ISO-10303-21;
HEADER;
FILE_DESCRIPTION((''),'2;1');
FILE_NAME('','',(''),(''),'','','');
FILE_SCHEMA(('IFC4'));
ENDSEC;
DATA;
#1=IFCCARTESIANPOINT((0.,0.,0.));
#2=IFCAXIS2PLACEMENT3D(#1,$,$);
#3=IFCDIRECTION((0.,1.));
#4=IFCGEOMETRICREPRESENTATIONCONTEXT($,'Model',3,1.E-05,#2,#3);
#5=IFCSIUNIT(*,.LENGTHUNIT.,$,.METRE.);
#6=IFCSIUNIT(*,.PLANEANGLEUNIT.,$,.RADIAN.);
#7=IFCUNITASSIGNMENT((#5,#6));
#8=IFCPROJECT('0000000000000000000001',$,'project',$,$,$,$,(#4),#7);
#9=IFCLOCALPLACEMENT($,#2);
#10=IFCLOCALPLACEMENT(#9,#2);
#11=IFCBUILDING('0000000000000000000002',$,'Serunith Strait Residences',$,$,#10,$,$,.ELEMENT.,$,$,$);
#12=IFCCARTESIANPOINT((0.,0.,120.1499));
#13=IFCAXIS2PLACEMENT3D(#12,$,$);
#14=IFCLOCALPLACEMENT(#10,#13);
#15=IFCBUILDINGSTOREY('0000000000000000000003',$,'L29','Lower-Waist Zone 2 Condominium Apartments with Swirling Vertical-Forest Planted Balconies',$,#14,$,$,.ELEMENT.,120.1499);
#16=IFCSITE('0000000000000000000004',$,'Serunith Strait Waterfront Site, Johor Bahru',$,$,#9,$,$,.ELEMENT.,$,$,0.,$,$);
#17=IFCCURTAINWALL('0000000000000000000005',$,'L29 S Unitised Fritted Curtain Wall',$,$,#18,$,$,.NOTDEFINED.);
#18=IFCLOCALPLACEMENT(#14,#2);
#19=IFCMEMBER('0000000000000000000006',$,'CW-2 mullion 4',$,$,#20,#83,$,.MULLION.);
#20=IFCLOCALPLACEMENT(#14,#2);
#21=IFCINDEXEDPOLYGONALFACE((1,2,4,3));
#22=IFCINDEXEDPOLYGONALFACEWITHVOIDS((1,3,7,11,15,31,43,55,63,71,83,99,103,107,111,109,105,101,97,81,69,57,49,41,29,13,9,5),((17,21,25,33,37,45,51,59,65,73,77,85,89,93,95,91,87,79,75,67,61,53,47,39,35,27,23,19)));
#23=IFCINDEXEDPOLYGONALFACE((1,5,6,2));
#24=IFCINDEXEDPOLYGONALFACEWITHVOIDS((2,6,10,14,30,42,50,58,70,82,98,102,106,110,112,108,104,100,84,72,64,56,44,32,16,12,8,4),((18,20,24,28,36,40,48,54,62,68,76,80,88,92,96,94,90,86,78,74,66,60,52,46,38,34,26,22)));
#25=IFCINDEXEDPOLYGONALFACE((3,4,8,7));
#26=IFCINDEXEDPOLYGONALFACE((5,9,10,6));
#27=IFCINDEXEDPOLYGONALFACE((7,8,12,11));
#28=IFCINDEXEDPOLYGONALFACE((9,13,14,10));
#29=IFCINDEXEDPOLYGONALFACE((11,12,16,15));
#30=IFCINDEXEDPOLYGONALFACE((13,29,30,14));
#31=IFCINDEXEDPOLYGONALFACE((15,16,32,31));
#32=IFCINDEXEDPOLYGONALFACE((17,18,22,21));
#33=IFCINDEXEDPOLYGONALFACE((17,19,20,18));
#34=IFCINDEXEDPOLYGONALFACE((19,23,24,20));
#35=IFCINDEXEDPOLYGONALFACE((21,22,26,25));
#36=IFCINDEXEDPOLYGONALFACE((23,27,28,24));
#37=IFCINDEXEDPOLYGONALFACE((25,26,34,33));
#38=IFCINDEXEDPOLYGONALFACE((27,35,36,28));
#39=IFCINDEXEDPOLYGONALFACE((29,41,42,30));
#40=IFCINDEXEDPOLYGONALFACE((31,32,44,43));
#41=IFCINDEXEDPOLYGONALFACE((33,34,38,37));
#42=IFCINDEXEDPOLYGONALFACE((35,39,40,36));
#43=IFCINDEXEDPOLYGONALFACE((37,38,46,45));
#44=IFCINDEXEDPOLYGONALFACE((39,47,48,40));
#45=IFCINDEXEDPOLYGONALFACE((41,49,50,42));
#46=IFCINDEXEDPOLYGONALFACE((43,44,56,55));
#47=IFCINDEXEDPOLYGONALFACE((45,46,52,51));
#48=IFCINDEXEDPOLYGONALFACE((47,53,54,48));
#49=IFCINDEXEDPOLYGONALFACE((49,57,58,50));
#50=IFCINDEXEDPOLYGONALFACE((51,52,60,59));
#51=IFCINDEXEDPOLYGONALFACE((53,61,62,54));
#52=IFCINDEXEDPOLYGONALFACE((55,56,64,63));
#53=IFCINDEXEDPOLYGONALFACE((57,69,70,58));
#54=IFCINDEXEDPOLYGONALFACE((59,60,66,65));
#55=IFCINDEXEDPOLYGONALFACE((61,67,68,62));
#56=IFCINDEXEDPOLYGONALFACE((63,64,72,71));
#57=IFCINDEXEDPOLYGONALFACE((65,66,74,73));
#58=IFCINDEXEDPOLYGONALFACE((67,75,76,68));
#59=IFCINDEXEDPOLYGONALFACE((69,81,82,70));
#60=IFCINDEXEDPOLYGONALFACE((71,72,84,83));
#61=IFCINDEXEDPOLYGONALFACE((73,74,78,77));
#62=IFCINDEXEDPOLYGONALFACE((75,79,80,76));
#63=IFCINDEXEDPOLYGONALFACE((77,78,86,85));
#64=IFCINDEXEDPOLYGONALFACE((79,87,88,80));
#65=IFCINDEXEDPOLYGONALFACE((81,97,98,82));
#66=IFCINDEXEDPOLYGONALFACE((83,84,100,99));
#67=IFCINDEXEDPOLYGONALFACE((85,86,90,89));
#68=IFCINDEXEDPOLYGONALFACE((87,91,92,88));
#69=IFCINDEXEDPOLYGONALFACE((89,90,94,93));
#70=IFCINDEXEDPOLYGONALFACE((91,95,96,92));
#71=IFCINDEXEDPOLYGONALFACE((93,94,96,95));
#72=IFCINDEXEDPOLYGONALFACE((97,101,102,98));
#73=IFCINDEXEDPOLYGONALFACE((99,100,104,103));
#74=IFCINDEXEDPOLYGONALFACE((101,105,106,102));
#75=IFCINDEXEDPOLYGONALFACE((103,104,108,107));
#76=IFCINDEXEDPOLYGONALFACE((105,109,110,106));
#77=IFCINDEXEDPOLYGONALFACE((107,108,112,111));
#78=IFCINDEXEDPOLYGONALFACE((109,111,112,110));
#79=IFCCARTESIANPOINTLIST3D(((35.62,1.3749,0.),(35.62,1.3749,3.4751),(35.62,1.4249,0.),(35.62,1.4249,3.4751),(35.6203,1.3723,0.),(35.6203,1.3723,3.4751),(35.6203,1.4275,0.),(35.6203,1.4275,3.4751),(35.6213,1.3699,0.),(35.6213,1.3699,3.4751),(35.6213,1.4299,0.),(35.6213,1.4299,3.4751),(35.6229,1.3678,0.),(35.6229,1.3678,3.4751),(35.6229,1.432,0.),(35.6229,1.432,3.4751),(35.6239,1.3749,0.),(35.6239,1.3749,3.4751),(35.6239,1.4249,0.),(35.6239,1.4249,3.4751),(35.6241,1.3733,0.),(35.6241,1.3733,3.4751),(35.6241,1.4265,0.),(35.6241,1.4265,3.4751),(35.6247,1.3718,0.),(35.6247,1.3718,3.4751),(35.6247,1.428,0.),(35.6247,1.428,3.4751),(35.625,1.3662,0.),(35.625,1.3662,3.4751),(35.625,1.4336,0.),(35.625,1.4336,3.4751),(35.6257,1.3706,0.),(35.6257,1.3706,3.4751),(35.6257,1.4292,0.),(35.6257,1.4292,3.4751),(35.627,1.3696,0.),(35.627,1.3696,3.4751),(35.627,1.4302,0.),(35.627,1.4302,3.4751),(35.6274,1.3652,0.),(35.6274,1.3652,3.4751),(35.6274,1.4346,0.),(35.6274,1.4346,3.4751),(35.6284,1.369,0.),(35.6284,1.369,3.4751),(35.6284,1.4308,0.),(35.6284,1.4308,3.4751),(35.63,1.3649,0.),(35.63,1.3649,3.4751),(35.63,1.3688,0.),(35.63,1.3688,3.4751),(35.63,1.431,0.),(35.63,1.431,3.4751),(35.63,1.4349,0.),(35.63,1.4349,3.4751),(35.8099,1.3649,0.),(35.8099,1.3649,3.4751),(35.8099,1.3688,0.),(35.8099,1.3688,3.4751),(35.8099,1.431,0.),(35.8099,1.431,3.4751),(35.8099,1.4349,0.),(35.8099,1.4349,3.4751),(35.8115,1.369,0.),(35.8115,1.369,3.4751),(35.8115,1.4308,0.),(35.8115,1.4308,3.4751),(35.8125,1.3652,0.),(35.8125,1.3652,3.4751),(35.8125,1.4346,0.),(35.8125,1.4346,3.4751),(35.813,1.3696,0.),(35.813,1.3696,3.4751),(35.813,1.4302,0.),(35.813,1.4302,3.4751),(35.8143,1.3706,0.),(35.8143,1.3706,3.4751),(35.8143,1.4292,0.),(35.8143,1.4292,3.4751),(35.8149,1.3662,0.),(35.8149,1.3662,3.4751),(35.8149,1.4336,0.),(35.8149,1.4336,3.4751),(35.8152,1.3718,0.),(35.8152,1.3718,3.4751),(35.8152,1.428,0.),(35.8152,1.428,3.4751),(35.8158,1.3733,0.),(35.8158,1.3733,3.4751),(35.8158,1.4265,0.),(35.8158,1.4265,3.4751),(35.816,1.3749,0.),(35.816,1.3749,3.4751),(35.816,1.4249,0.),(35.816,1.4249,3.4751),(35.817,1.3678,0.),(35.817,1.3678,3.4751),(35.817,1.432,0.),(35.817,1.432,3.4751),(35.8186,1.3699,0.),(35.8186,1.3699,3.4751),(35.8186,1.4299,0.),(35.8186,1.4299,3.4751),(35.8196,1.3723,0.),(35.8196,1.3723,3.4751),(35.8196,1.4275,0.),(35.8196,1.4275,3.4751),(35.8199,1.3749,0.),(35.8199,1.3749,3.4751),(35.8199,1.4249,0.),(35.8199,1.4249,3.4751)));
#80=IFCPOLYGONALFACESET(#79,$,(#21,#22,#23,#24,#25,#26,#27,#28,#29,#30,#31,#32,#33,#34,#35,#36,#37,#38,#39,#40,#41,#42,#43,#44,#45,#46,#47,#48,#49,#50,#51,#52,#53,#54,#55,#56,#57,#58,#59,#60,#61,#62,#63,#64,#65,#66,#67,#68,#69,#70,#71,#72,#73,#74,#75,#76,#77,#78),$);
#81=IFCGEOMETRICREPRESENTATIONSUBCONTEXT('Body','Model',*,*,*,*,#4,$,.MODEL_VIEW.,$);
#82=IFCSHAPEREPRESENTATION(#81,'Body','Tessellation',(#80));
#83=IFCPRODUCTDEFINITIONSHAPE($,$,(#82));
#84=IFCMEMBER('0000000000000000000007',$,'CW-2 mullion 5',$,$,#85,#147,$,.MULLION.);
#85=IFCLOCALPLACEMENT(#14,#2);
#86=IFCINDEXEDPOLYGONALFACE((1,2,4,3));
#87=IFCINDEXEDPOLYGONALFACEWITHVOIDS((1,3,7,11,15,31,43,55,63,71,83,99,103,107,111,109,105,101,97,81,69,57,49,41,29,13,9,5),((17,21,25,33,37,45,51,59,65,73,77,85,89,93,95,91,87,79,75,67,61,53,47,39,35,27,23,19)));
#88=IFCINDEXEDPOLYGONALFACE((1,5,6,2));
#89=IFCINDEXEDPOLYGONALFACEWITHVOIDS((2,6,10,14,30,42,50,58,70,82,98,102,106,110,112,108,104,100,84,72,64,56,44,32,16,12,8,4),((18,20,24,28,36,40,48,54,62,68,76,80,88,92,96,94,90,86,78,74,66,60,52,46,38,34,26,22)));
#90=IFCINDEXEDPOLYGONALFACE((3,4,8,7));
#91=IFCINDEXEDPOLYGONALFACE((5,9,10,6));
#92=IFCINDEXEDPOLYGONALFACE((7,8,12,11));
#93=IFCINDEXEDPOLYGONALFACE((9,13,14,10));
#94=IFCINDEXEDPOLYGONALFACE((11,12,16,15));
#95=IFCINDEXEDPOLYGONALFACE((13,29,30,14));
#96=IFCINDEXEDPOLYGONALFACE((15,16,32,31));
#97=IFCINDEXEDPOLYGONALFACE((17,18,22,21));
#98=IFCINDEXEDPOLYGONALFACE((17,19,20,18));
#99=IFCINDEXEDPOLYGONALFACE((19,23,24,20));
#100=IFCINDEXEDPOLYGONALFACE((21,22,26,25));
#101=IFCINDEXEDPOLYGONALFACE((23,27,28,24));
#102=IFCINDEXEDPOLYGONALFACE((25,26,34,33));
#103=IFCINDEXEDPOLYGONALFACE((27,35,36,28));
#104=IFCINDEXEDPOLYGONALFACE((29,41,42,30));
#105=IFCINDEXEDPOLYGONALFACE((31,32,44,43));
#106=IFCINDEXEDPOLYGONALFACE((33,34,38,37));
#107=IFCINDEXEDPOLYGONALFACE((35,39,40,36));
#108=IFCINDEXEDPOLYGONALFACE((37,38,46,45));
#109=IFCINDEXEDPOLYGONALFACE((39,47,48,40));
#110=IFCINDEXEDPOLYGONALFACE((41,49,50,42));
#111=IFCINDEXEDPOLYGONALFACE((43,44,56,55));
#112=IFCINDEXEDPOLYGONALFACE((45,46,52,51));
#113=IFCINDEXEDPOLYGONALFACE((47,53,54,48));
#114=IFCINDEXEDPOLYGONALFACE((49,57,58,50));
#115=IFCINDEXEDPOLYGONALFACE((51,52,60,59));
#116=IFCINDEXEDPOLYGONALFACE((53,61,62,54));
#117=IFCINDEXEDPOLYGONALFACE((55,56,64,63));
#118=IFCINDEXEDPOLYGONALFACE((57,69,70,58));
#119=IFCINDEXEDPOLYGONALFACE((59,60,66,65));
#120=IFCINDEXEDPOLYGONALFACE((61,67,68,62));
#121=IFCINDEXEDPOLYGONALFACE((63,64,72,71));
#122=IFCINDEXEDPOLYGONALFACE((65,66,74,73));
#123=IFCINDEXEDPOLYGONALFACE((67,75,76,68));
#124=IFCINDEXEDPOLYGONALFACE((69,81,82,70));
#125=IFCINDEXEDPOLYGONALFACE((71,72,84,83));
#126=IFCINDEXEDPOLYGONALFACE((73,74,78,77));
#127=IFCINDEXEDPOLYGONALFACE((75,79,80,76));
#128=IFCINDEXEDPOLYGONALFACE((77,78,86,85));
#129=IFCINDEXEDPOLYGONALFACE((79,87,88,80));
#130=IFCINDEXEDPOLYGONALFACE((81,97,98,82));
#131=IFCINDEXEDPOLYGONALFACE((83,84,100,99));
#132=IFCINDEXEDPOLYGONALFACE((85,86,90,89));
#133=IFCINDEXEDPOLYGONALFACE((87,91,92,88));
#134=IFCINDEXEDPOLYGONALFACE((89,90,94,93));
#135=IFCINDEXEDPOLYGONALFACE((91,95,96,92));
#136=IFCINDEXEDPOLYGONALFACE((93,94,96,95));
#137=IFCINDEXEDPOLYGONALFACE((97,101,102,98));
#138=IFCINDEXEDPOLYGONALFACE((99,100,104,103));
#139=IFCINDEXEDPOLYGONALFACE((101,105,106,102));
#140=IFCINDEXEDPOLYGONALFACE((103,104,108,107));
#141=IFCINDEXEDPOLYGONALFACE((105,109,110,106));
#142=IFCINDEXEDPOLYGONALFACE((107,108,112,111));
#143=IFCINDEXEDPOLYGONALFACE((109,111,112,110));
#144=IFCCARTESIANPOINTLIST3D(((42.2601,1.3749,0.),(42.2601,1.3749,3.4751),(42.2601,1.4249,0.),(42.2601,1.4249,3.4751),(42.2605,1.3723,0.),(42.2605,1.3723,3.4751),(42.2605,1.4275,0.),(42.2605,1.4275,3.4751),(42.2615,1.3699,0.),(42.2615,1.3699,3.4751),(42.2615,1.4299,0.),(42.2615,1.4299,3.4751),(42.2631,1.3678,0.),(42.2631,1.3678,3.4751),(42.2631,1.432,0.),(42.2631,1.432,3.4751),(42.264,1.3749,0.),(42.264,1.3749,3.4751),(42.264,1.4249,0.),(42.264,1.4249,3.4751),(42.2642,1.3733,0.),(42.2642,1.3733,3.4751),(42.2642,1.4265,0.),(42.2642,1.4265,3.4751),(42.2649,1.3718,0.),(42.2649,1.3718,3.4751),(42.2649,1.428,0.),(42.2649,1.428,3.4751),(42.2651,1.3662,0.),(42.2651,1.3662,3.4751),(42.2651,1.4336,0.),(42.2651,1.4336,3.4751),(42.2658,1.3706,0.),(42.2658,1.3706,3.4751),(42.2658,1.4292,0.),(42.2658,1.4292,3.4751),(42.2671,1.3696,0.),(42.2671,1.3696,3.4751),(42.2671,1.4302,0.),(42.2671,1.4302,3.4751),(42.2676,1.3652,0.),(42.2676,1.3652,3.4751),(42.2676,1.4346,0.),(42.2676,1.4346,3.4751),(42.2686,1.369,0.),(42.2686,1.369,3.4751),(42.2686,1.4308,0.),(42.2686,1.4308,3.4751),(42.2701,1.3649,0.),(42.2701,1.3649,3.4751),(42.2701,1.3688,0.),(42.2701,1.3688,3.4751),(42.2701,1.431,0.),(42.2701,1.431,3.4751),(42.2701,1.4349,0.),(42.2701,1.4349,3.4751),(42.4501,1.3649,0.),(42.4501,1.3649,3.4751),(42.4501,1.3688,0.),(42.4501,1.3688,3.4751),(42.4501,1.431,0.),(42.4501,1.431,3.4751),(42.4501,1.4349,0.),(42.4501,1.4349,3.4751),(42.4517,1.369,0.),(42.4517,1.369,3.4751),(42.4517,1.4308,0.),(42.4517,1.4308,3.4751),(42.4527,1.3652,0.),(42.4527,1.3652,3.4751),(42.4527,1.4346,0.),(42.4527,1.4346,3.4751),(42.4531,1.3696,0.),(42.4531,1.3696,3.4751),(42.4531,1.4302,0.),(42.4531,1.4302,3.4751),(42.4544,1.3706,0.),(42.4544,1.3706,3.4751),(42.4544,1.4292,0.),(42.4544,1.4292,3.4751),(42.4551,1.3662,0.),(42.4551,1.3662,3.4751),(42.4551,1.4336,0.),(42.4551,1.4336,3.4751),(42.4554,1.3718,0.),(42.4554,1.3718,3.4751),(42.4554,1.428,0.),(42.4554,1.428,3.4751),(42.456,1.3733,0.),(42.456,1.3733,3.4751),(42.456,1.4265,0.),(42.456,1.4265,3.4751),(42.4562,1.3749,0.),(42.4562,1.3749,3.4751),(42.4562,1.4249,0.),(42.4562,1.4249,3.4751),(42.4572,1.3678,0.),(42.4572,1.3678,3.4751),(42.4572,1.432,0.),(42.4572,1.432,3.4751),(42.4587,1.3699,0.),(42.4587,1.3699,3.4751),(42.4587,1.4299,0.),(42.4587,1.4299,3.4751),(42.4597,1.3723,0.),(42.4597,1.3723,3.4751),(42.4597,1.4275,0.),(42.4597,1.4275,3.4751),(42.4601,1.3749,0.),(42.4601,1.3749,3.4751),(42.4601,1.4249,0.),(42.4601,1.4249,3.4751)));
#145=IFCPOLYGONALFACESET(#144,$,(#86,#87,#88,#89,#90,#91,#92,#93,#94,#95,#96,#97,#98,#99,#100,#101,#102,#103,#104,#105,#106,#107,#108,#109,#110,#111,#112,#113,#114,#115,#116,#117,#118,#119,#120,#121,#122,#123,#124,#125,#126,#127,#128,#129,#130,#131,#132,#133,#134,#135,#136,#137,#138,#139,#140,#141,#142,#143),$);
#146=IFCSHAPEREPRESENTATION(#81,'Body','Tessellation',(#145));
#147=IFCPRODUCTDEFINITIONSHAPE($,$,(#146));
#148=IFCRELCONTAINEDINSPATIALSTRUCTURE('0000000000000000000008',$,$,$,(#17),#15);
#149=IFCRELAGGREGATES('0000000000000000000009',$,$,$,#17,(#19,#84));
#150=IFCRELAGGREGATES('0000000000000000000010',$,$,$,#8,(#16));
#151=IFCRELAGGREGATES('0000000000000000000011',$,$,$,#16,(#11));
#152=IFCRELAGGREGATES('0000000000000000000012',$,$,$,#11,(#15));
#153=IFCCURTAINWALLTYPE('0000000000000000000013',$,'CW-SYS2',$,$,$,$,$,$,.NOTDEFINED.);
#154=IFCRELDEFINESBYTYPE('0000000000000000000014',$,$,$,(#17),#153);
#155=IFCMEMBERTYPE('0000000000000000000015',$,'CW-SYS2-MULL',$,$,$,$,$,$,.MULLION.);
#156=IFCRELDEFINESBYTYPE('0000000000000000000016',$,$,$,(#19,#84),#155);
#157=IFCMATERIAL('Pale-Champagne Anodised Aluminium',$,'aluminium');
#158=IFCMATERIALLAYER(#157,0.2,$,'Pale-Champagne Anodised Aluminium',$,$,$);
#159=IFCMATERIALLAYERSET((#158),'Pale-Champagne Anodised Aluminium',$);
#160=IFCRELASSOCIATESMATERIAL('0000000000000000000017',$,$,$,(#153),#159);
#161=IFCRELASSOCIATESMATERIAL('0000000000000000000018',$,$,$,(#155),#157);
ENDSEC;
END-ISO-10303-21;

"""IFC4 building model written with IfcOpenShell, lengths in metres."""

from ifc_helpers import new_model, si_unit, direction, frame, origin, origin_2d, place, context, subcontext, project, spatial, hollow_rectangle, extrude, source, transform, mapped, material, layer, layer_set, material_profile, profile_set, type_object, element, aggregate, save


model = new_model("IFC4")

# Units and contexts
model_context = context("Model", 3, precision=1e-05, world=origin(), true_north=direction((0.0, 1.0)))
body_context = subcontext(model_context, "Body", "Model", "MODEL_VIEW")
ifc_project = project(units=[si_unit("LENGTHUNIT", "METRE"), si_unit("PLANEANGLEUNIT", "RADIAN")], contexts=[model_context])

# Site, building, storey
site_placement = place(None, origin())
site = spatial("IfcSite", under=ifc_project, at=site_placement, Name="Serunith Strait Waterfront Site, Johor Bahru", CompositionType="ELEMENT", RefElevation=0.0)
building_placement = place(site_placement, origin())
building = spatial("IfcBuilding", under=site, at=building_placement, Name="Serunith Strait Residences", CompositionType="ELEMENT")
storey_placement = place(building_placement, frame((0.0, 0.0, 120.1499)))
storey = spatial("IfcBuildingStorey", under=building, at=storey_placement, Name="L29", Description="Lower-Waist Zone 2 Condominium Apartments with Swirling Vertical-Forest Planted Balconies", CompositionType="ELEMENT", Elevation=120.1499)

# Curtain wall, members
ifc_material_1 = material(Name="Pale-Champagne Anodised Aluminium", Category="aluminium")
ifc_layer_1 = layer(ifc_material_1, 0.2, Name="Pale-Champagne Anodised Aluminium")
ifc_layer_set_1 = layer_set([ifc_layer_1], Name="Pale-Champagne Anodised Aluminium")
curtain_wall_type = type_object("IfcCurtainWallType", Name="CW-SYS2", PredefinedType="NOTDEFINED", material=ifc_layer_set_1)
curtain_wall_placement = place(storey_placement, origin())
curtain_wall = element("IfcCurtainWall", 1, at=curtain_wall_placement, inside=storey, type_object=curtain_wall_type, Name="L29 S Unitised Fritted Curtain Wall", PredefinedType="NOTDEFINED")
ifc_material_profile_1 = material_profile(ifc_material_1, hollow_rectangle(XDim=0.0701, YDim=0.2, WallThickness=0.0039, InnerFilletRadius=0.0061, OuterFilletRadius=0.01, at=origin_2d()), Name="ALU 200x70x4")
ifc_profile_set_1 = profile_set([ifc_material_profile_1], Name="Pale-Champagne Anodised Aluminium")
member_type_1 = type_object("IfcMemberType", Name="CW-SYS2-MULL", PredefinedType="MULLION", material=ifc_profile_set_1)
shared_shape_1 = source(origin(), body_context, "Body", "SweptSolid", [
    extrude(hollow_rectangle(XDim=0.0701, YDim=0.2, WallThickness=0.0039, InnerFilletRadius=0.0061, OuterFilletRadius=0.01, at=origin_2d()), origin(), (0.0, 0.0, 1.0), 3.4751),
])
member_1_placement = place(storey_placement, frame((35.72, 1.3999, 0.0), z_axis=(0.0, 0.0, 1.0), x_axis=(0.0, 1.0, 0.0)))
member_1 = element("IfcMember", 2, at=member_1_placement, type_object=member_type_1, Name="CW-2 mullion 4", PredefinedType="MULLION", context=body_context, shape_type="MappedRepresentation", body=[
    mapped(shared_shape_1, transform((0.0, 0.0, 0.0), scale=1.0)),
])
member_2_placement = place(storey_placement, frame((42.3601, 1.3999, 0.0), z_axis=(0.0, 0.0, 1.0), x_axis=(0.0, 1.0, 0.0)))
member_2 = element("IfcMember", 3, at=member_2_placement, type_object=member_type_1, Name="CW-2 mullion 5", PredefinedType="MULLION", context=body_context, shape_type="MappedRepresentation", body=[
    mapped(shared_shape_1, transform((0.0, 0.0, 0.0), scale=1.0)),
])
aggregate(curtain_wall, [member_1, member_2])

save(model, "model.ifc")
